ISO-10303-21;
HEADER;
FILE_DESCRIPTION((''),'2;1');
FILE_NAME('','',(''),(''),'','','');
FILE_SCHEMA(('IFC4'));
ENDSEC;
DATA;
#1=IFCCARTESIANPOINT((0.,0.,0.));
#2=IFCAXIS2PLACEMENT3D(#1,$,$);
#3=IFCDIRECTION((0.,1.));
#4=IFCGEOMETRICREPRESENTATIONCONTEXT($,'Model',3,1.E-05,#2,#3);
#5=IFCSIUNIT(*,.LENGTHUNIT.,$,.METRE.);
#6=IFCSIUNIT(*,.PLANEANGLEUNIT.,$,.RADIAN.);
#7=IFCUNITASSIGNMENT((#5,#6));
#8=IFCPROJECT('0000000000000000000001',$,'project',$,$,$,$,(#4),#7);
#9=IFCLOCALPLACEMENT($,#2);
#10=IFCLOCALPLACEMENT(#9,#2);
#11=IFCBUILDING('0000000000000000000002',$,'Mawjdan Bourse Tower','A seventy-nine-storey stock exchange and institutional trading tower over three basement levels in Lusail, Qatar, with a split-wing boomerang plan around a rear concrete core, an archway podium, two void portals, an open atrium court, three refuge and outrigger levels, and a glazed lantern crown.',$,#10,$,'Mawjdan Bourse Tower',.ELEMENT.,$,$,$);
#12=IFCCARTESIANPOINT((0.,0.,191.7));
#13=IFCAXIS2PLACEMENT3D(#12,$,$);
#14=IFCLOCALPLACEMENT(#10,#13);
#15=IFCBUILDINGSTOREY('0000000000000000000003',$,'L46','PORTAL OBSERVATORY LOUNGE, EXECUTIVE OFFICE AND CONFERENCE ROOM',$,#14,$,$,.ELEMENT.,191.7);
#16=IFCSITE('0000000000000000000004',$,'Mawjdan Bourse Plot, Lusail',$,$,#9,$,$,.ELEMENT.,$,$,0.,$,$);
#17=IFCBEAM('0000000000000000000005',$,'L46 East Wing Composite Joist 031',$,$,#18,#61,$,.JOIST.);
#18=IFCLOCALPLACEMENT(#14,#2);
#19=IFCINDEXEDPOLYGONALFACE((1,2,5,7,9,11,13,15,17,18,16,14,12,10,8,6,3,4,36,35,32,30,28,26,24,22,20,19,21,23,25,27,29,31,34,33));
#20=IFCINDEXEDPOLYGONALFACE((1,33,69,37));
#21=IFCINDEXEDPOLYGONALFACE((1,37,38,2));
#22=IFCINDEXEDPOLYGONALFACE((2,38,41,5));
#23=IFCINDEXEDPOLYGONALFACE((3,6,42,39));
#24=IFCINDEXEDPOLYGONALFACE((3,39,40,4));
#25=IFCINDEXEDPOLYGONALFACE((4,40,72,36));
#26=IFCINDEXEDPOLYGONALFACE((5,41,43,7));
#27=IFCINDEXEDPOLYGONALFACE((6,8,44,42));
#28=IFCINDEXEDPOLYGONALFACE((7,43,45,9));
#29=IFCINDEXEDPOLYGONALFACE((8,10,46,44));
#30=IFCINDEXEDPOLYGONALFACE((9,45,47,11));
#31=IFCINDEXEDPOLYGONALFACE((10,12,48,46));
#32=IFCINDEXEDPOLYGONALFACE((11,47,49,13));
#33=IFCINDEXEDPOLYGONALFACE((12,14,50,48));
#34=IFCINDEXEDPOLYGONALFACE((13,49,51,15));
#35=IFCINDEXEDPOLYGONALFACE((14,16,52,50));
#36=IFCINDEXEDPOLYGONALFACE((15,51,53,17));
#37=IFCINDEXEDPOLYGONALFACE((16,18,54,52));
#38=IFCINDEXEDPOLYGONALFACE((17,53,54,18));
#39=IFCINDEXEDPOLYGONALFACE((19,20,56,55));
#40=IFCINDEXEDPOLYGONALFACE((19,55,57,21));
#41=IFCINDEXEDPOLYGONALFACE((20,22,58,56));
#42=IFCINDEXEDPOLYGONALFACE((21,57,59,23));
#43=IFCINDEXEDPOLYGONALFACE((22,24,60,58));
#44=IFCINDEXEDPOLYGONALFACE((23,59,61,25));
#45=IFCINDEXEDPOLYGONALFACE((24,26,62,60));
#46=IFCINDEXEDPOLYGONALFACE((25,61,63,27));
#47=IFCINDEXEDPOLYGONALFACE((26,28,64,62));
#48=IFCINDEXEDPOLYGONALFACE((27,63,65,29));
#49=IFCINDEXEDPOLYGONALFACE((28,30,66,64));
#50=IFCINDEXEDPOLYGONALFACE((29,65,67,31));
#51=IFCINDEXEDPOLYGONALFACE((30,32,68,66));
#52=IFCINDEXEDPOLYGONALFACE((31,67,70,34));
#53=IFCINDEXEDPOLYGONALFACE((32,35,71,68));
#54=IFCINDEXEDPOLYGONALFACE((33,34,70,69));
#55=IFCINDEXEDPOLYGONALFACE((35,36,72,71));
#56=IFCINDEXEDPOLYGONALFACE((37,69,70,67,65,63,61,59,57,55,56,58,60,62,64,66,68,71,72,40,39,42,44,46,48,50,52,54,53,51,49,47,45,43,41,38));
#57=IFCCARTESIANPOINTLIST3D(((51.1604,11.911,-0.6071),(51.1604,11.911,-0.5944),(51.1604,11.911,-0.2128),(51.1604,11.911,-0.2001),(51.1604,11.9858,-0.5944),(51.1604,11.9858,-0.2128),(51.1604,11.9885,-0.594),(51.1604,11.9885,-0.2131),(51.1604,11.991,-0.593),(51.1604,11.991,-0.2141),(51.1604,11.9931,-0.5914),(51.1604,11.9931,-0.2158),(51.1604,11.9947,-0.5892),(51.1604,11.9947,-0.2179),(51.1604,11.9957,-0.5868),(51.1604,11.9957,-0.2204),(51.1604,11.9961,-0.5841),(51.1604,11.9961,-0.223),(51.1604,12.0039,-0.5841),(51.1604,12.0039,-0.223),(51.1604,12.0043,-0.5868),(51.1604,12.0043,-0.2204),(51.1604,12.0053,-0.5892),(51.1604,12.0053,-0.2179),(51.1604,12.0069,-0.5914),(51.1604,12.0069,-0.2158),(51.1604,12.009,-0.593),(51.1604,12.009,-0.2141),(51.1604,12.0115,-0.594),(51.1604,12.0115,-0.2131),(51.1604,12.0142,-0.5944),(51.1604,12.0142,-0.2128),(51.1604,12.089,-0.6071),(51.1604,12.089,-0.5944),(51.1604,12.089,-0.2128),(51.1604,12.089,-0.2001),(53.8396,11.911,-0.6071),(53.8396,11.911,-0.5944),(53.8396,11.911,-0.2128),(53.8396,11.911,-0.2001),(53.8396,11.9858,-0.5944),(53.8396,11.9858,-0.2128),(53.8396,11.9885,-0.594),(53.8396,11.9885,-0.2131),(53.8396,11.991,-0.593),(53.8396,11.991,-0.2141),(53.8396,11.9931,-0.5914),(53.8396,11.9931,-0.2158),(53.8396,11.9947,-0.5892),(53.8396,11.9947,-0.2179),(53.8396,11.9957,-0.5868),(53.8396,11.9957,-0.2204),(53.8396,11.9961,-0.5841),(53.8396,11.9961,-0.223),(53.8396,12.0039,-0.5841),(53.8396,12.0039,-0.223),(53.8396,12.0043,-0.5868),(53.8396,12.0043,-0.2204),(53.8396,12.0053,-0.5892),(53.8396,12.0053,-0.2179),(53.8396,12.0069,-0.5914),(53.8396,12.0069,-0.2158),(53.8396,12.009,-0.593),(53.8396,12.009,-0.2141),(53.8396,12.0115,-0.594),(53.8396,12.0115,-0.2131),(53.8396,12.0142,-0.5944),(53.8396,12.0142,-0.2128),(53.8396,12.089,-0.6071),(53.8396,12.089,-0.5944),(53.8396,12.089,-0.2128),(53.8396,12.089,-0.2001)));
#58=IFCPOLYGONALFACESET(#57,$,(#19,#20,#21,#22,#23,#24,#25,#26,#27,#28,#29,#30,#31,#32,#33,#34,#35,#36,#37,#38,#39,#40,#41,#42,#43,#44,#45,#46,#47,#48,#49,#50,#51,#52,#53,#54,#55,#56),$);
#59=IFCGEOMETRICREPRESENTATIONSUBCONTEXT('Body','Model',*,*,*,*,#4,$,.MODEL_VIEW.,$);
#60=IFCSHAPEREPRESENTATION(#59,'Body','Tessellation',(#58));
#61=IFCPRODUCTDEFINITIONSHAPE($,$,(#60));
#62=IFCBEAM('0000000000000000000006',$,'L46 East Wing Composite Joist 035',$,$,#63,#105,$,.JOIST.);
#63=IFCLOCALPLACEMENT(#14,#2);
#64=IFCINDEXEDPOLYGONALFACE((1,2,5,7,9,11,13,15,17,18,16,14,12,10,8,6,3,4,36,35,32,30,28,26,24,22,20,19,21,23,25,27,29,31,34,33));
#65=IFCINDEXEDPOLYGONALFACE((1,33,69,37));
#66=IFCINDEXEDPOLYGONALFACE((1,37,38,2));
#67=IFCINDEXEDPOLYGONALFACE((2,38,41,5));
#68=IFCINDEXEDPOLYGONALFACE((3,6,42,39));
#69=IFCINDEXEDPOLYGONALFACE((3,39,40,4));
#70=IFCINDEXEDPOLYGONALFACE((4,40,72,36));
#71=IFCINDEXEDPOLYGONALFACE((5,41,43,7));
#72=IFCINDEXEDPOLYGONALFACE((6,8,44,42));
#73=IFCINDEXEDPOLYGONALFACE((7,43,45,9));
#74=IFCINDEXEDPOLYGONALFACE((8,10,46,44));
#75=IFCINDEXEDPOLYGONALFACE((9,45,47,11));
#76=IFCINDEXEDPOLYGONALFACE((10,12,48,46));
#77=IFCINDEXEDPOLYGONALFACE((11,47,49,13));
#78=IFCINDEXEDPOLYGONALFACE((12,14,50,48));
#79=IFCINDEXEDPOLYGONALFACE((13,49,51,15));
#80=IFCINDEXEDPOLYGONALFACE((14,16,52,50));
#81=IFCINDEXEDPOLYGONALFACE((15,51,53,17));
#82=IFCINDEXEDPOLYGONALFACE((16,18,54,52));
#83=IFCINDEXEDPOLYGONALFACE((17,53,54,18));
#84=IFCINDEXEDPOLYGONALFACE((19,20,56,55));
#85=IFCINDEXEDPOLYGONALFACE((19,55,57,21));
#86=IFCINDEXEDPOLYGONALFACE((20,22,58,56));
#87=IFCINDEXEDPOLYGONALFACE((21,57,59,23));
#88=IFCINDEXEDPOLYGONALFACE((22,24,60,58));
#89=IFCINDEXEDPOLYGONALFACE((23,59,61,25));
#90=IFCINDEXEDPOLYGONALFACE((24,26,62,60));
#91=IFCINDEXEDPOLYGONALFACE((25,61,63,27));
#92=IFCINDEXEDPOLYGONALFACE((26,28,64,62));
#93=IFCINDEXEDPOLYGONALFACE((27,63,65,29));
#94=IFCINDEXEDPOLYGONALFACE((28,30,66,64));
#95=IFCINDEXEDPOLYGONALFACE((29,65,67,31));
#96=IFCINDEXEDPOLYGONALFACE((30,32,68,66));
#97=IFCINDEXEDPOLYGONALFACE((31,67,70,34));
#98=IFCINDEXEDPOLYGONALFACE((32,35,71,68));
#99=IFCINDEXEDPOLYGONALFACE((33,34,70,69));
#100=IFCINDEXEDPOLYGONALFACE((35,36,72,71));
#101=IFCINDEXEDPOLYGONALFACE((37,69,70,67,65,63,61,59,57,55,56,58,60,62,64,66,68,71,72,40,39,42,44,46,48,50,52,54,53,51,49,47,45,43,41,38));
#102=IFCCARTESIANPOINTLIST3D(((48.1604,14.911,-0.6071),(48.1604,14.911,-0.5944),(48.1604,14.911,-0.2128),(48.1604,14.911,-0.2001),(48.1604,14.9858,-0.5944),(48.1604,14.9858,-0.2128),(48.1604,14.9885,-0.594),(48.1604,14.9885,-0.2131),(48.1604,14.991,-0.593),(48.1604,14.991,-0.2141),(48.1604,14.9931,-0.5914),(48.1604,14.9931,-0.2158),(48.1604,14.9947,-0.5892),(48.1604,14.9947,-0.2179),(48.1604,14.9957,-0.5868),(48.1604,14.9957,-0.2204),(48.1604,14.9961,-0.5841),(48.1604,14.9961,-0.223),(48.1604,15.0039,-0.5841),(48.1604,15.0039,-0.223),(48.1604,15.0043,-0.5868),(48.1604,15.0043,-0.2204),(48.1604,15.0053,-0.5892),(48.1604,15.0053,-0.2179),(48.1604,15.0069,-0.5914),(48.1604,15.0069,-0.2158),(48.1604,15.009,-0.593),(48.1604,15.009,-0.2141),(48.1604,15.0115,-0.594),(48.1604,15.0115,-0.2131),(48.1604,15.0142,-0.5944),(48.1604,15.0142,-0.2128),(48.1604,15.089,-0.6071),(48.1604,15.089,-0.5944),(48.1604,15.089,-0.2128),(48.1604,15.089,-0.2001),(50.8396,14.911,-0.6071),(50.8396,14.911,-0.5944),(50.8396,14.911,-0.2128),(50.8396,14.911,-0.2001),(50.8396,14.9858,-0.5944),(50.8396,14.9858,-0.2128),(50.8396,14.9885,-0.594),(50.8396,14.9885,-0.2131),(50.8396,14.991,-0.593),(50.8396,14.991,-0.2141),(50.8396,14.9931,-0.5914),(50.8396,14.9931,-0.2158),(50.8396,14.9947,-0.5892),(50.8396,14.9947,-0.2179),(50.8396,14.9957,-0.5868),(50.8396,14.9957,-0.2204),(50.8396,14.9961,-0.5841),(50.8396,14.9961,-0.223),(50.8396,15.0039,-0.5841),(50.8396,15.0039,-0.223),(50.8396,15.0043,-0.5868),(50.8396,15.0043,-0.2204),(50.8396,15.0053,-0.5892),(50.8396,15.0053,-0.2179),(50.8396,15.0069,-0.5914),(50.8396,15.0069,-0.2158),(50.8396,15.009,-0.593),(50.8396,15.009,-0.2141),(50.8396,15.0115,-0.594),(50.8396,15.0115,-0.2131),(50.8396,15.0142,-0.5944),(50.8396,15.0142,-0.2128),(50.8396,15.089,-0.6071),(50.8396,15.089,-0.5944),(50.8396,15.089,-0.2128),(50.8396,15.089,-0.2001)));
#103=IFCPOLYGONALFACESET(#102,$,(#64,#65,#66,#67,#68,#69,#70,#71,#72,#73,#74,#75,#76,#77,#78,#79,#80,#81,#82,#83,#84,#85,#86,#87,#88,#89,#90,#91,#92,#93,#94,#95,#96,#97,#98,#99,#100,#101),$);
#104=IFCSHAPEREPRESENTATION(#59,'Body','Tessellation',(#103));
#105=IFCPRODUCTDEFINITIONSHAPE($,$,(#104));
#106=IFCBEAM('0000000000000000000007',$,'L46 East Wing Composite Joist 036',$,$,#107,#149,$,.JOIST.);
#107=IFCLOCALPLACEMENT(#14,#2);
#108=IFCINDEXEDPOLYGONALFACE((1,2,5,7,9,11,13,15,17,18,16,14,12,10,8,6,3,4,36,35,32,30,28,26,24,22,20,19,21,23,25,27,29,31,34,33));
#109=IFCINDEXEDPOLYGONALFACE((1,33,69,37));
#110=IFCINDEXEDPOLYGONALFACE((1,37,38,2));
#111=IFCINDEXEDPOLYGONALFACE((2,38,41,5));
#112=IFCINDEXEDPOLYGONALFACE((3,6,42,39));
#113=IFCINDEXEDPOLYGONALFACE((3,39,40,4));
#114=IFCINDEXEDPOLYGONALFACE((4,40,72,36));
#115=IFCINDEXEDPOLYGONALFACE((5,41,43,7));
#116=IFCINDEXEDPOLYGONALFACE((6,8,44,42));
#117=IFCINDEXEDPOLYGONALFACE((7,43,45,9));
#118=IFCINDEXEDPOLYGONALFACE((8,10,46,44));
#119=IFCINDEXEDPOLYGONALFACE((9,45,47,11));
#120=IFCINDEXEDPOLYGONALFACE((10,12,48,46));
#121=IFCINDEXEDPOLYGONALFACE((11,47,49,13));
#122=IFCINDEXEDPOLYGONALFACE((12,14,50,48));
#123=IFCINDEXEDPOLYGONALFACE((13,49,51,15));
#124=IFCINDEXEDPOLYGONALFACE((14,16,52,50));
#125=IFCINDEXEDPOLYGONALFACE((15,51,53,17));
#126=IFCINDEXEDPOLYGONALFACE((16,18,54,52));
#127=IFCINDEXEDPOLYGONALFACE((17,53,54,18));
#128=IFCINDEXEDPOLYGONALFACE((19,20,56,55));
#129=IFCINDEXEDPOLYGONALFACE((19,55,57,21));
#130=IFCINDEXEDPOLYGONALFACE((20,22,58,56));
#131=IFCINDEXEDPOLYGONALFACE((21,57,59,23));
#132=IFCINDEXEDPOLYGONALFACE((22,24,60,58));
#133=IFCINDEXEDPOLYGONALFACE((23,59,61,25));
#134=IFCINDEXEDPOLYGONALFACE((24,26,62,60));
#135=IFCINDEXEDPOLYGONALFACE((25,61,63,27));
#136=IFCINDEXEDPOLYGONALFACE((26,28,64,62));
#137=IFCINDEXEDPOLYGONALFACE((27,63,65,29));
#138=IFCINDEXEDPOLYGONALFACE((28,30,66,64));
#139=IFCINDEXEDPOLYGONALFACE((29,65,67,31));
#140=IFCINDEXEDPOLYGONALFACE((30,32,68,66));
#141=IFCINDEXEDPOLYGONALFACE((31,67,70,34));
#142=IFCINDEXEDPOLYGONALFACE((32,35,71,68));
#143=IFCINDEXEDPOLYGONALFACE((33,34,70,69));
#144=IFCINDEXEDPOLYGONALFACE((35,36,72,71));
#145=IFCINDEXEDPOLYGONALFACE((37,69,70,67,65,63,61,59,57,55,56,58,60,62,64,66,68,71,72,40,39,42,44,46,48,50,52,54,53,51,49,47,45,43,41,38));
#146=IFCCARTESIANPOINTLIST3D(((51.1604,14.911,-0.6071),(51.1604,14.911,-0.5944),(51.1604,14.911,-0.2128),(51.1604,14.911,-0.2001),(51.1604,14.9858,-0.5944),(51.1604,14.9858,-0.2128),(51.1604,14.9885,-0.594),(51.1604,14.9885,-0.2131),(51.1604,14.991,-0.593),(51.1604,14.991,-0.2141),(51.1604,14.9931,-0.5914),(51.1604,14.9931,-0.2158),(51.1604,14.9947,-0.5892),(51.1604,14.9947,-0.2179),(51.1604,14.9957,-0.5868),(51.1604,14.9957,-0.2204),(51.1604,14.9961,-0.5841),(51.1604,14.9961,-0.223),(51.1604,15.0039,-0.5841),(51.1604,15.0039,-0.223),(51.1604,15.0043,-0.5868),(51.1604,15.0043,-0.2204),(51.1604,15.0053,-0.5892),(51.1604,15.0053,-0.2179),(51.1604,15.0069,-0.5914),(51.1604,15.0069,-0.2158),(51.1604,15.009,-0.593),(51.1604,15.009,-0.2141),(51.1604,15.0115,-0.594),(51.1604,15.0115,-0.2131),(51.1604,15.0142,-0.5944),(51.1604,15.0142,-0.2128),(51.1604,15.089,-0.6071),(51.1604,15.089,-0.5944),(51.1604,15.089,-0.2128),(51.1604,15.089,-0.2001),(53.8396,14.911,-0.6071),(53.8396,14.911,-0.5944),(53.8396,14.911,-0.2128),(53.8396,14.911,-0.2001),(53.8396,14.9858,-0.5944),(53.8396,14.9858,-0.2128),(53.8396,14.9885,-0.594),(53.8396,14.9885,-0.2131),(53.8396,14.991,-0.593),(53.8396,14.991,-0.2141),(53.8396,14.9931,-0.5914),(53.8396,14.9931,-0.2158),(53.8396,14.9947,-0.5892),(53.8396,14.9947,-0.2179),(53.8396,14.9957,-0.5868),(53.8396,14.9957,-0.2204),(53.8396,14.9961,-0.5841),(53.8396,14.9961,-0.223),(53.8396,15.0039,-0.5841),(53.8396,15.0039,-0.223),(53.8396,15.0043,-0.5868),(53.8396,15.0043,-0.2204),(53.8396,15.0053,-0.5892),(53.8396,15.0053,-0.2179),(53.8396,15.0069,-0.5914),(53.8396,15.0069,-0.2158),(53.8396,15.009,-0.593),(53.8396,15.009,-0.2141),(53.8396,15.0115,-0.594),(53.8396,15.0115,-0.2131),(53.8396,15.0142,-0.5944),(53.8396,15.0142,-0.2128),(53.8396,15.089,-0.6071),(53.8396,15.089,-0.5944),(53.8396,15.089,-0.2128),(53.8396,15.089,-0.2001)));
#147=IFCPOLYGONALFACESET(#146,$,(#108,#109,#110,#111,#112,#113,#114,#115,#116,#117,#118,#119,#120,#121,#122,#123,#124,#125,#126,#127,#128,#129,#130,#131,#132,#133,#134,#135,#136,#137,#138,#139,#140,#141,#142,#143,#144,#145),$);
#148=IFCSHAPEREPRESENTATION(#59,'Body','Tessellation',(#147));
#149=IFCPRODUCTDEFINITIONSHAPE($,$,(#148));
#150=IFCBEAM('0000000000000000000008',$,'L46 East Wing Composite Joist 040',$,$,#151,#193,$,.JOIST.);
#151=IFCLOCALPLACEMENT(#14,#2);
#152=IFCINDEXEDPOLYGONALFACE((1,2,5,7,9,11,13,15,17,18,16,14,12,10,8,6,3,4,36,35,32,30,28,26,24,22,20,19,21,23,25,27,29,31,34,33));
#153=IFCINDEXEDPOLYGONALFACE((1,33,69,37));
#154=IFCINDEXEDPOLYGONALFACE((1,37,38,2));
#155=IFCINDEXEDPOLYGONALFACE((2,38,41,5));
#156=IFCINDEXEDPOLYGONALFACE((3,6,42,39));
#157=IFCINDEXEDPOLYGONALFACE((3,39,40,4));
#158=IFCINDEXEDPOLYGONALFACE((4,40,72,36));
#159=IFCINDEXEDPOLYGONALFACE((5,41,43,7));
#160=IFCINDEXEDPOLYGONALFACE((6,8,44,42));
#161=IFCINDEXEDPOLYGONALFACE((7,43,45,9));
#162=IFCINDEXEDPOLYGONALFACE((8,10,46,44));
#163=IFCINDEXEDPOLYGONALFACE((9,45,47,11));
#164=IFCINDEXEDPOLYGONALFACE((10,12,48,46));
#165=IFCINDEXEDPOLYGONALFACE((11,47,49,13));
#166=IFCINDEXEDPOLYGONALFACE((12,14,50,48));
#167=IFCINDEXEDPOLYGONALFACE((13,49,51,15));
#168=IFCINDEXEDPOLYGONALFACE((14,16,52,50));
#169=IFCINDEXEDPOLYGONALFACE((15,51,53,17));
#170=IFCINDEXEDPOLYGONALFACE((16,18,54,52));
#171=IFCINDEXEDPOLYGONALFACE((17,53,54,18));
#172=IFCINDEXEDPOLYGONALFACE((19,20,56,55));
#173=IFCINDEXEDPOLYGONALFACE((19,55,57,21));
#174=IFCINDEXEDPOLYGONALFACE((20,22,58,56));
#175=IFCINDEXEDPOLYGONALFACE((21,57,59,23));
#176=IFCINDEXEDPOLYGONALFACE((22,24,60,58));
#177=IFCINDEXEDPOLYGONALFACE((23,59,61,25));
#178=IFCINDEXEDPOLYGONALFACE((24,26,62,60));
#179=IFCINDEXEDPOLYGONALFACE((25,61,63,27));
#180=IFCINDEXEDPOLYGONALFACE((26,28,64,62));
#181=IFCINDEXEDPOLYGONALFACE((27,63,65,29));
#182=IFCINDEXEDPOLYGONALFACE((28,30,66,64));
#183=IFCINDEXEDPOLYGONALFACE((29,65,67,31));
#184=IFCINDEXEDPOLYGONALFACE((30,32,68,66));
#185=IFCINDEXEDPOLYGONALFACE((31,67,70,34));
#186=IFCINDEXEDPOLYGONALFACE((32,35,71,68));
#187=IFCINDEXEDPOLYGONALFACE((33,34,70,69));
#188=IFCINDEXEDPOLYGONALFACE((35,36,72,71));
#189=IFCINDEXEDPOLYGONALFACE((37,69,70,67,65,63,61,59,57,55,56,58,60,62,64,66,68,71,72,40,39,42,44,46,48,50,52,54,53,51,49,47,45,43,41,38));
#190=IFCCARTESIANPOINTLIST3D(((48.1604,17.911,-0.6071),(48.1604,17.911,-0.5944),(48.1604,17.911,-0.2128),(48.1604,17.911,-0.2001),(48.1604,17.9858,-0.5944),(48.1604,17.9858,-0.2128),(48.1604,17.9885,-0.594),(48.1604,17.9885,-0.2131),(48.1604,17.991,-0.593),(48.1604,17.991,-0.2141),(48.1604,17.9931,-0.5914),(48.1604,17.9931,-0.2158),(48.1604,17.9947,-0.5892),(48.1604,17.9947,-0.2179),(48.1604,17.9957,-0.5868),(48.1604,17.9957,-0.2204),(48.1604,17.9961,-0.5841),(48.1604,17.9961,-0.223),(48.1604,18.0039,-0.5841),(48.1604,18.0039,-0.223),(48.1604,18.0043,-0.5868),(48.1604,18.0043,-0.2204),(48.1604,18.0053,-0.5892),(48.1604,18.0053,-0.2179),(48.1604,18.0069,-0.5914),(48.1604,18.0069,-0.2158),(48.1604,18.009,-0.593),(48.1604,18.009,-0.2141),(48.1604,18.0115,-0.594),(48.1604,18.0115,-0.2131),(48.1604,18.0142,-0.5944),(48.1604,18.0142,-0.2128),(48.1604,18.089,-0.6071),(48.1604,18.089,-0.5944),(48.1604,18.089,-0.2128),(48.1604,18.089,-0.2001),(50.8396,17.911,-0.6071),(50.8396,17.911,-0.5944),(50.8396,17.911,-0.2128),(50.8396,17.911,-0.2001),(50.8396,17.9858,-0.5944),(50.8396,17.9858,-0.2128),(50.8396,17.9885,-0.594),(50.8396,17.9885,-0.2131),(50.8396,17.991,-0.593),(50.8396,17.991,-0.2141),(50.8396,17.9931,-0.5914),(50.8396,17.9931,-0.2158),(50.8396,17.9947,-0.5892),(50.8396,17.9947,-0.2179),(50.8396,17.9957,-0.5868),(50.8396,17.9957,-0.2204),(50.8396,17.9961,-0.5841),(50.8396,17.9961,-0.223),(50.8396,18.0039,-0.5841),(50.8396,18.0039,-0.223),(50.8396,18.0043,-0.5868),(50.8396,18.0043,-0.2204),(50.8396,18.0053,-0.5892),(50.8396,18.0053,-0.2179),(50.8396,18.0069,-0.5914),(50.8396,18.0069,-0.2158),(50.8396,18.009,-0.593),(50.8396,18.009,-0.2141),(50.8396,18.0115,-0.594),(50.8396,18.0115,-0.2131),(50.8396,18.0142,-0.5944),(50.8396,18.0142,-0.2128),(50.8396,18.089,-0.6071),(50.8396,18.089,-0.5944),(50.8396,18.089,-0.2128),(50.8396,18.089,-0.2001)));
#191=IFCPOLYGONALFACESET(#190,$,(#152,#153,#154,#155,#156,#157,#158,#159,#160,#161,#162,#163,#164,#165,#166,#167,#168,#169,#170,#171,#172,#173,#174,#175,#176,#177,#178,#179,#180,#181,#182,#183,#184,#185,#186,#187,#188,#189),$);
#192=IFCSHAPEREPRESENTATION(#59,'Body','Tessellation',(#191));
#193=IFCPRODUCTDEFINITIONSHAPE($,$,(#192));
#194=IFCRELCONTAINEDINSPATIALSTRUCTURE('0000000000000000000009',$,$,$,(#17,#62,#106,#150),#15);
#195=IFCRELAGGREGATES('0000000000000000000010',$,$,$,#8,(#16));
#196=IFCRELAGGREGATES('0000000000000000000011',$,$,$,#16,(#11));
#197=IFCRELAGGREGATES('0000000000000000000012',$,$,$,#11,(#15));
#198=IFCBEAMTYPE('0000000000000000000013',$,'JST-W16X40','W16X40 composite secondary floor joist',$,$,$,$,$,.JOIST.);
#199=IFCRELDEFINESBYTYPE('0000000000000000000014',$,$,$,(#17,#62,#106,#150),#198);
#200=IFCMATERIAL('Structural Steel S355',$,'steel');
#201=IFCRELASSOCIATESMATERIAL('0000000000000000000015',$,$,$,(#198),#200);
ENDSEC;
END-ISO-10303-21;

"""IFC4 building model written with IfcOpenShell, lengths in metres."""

from ifc_helpers import new_model, si_unit, direction, frame, origin, origin_2d, place, context, subcontext, project, spatial, i_section, extrude, material, material_profile, profile_set, type_object, element, save


model = new_model("IFC4")

# Units and contexts
model_context = context("Model", 3, precision=1e-05, world=origin(), true_north=direction((0.0, 1.0)))
body_context = subcontext(model_context, "Body", "Model", "MODEL_VIEW")
ifc_project = project(units=[si_unit("LENGTHUNIT", "METRE"), si_unit("PLANEANGLEUNIT", "RADIAN")], contexts=[model_context])

# Site, building, storey
site_placement = place(None, origin())
site = spatial("IfcSite", under=ifc_project, at=site_placement, Name="Mawjdan Bourse Plot, Lusail", CompositionType="ELEMENT", RefElevation=0.0)
building_placement = place(site_placement, origin())
building = spatial("IfcBuilding", under=site, at=building_placement, Name="Mawjdan Bourse Tower", Description="A seventy-nine-storey stock exchange and institutional trading tower over three basement levels in Lusail, Qatar, with a split-wing boomerang plan around a rear concrete core, an archway podium, two void portals, an open atrium court, three refuge and outrigger levels, and a glazed lantern crown.", LongName="Mawjdan Bourse Tower", CompositionType="ELEMENT")
storey_placement = place(building_placement, frame((0.0, 0.0, 191.7)))
storey = spatial("IfcBuildingStorey", under=building, at=storey_placement, Name="L46", Description="PORTAL OBSERVATORY LOUNGE, EXECUTIVE OFFICE AND CONFERENCE ROOM", CompositionType="ELEMENT", Elevation=191.7)

# Beams
ifc_material_1 = material(Name="Structural Steel S355", Category="steel")
ifc_material_profile_1 = material_profile(ifc_material_1, i_section(OverallWidth=0.178, OverallDepth=0.407, WebThickness=0.0078, FlangeThickness=0.0127, FilletRadius=0.0103, at=origin_2d()), Name="W16X40")
ifc_profile_set_1 = profile_set([ifc_material_profile_1], Name="Structural Steel S355")
beam_type_1 = type_object("IfcBeamType", Name="JST-W16X40", Description="W16X40 composite secondary floor joist", PredefinedType="JOIST", material=ifc_profile_set_1)
for number, where, z_axis, x_axis, name in (
    (1, (51.1604, 12.0, -0.4036), (1.0, 0.0, 0.0), (0.0, 1.0, 0.0), "L46 East Wing Composite Joist 031"),
    (2, (48.1604, 15.0, -0.4036), (1.0, 0.0, 0.0), (0.0, 1.0, 0.0), "L46 East Wing Composite Joist 035"),
    (3, (51.1604, 15.0, -0.4036), (1.0, 0.0, 0.0), (0.0, 1.0, 0.0), "L46 East Wing Composite Joist 036"),
    (4, (48.1604, 18.0, -0.4036), (1.0, 0.0, 0.0), (0.0, 1.0, 0.0), "L46 East Wing Composite Joist 040"),
):
    element("IfcBeam", number, at=place(storey_placement, frame(where, z_axis=z_axis, x_axis=x_axis)), inside=storey, type_object=beam_type_1, Name=name, PredefinedType="JOIST", context=body_context, shape_type="SweptSolid", body=[
        extrude(i_section(OverallWidth=0.178, OverallDepth=0.407, WebThickness=0.0078, FlangeThickness=0.0127, FilletRadius=0.0103, at=origin_2d()), origin(), (0.0, 0.0, 1.0), 2.6792),
    ])

save(model, "model.ifc")
